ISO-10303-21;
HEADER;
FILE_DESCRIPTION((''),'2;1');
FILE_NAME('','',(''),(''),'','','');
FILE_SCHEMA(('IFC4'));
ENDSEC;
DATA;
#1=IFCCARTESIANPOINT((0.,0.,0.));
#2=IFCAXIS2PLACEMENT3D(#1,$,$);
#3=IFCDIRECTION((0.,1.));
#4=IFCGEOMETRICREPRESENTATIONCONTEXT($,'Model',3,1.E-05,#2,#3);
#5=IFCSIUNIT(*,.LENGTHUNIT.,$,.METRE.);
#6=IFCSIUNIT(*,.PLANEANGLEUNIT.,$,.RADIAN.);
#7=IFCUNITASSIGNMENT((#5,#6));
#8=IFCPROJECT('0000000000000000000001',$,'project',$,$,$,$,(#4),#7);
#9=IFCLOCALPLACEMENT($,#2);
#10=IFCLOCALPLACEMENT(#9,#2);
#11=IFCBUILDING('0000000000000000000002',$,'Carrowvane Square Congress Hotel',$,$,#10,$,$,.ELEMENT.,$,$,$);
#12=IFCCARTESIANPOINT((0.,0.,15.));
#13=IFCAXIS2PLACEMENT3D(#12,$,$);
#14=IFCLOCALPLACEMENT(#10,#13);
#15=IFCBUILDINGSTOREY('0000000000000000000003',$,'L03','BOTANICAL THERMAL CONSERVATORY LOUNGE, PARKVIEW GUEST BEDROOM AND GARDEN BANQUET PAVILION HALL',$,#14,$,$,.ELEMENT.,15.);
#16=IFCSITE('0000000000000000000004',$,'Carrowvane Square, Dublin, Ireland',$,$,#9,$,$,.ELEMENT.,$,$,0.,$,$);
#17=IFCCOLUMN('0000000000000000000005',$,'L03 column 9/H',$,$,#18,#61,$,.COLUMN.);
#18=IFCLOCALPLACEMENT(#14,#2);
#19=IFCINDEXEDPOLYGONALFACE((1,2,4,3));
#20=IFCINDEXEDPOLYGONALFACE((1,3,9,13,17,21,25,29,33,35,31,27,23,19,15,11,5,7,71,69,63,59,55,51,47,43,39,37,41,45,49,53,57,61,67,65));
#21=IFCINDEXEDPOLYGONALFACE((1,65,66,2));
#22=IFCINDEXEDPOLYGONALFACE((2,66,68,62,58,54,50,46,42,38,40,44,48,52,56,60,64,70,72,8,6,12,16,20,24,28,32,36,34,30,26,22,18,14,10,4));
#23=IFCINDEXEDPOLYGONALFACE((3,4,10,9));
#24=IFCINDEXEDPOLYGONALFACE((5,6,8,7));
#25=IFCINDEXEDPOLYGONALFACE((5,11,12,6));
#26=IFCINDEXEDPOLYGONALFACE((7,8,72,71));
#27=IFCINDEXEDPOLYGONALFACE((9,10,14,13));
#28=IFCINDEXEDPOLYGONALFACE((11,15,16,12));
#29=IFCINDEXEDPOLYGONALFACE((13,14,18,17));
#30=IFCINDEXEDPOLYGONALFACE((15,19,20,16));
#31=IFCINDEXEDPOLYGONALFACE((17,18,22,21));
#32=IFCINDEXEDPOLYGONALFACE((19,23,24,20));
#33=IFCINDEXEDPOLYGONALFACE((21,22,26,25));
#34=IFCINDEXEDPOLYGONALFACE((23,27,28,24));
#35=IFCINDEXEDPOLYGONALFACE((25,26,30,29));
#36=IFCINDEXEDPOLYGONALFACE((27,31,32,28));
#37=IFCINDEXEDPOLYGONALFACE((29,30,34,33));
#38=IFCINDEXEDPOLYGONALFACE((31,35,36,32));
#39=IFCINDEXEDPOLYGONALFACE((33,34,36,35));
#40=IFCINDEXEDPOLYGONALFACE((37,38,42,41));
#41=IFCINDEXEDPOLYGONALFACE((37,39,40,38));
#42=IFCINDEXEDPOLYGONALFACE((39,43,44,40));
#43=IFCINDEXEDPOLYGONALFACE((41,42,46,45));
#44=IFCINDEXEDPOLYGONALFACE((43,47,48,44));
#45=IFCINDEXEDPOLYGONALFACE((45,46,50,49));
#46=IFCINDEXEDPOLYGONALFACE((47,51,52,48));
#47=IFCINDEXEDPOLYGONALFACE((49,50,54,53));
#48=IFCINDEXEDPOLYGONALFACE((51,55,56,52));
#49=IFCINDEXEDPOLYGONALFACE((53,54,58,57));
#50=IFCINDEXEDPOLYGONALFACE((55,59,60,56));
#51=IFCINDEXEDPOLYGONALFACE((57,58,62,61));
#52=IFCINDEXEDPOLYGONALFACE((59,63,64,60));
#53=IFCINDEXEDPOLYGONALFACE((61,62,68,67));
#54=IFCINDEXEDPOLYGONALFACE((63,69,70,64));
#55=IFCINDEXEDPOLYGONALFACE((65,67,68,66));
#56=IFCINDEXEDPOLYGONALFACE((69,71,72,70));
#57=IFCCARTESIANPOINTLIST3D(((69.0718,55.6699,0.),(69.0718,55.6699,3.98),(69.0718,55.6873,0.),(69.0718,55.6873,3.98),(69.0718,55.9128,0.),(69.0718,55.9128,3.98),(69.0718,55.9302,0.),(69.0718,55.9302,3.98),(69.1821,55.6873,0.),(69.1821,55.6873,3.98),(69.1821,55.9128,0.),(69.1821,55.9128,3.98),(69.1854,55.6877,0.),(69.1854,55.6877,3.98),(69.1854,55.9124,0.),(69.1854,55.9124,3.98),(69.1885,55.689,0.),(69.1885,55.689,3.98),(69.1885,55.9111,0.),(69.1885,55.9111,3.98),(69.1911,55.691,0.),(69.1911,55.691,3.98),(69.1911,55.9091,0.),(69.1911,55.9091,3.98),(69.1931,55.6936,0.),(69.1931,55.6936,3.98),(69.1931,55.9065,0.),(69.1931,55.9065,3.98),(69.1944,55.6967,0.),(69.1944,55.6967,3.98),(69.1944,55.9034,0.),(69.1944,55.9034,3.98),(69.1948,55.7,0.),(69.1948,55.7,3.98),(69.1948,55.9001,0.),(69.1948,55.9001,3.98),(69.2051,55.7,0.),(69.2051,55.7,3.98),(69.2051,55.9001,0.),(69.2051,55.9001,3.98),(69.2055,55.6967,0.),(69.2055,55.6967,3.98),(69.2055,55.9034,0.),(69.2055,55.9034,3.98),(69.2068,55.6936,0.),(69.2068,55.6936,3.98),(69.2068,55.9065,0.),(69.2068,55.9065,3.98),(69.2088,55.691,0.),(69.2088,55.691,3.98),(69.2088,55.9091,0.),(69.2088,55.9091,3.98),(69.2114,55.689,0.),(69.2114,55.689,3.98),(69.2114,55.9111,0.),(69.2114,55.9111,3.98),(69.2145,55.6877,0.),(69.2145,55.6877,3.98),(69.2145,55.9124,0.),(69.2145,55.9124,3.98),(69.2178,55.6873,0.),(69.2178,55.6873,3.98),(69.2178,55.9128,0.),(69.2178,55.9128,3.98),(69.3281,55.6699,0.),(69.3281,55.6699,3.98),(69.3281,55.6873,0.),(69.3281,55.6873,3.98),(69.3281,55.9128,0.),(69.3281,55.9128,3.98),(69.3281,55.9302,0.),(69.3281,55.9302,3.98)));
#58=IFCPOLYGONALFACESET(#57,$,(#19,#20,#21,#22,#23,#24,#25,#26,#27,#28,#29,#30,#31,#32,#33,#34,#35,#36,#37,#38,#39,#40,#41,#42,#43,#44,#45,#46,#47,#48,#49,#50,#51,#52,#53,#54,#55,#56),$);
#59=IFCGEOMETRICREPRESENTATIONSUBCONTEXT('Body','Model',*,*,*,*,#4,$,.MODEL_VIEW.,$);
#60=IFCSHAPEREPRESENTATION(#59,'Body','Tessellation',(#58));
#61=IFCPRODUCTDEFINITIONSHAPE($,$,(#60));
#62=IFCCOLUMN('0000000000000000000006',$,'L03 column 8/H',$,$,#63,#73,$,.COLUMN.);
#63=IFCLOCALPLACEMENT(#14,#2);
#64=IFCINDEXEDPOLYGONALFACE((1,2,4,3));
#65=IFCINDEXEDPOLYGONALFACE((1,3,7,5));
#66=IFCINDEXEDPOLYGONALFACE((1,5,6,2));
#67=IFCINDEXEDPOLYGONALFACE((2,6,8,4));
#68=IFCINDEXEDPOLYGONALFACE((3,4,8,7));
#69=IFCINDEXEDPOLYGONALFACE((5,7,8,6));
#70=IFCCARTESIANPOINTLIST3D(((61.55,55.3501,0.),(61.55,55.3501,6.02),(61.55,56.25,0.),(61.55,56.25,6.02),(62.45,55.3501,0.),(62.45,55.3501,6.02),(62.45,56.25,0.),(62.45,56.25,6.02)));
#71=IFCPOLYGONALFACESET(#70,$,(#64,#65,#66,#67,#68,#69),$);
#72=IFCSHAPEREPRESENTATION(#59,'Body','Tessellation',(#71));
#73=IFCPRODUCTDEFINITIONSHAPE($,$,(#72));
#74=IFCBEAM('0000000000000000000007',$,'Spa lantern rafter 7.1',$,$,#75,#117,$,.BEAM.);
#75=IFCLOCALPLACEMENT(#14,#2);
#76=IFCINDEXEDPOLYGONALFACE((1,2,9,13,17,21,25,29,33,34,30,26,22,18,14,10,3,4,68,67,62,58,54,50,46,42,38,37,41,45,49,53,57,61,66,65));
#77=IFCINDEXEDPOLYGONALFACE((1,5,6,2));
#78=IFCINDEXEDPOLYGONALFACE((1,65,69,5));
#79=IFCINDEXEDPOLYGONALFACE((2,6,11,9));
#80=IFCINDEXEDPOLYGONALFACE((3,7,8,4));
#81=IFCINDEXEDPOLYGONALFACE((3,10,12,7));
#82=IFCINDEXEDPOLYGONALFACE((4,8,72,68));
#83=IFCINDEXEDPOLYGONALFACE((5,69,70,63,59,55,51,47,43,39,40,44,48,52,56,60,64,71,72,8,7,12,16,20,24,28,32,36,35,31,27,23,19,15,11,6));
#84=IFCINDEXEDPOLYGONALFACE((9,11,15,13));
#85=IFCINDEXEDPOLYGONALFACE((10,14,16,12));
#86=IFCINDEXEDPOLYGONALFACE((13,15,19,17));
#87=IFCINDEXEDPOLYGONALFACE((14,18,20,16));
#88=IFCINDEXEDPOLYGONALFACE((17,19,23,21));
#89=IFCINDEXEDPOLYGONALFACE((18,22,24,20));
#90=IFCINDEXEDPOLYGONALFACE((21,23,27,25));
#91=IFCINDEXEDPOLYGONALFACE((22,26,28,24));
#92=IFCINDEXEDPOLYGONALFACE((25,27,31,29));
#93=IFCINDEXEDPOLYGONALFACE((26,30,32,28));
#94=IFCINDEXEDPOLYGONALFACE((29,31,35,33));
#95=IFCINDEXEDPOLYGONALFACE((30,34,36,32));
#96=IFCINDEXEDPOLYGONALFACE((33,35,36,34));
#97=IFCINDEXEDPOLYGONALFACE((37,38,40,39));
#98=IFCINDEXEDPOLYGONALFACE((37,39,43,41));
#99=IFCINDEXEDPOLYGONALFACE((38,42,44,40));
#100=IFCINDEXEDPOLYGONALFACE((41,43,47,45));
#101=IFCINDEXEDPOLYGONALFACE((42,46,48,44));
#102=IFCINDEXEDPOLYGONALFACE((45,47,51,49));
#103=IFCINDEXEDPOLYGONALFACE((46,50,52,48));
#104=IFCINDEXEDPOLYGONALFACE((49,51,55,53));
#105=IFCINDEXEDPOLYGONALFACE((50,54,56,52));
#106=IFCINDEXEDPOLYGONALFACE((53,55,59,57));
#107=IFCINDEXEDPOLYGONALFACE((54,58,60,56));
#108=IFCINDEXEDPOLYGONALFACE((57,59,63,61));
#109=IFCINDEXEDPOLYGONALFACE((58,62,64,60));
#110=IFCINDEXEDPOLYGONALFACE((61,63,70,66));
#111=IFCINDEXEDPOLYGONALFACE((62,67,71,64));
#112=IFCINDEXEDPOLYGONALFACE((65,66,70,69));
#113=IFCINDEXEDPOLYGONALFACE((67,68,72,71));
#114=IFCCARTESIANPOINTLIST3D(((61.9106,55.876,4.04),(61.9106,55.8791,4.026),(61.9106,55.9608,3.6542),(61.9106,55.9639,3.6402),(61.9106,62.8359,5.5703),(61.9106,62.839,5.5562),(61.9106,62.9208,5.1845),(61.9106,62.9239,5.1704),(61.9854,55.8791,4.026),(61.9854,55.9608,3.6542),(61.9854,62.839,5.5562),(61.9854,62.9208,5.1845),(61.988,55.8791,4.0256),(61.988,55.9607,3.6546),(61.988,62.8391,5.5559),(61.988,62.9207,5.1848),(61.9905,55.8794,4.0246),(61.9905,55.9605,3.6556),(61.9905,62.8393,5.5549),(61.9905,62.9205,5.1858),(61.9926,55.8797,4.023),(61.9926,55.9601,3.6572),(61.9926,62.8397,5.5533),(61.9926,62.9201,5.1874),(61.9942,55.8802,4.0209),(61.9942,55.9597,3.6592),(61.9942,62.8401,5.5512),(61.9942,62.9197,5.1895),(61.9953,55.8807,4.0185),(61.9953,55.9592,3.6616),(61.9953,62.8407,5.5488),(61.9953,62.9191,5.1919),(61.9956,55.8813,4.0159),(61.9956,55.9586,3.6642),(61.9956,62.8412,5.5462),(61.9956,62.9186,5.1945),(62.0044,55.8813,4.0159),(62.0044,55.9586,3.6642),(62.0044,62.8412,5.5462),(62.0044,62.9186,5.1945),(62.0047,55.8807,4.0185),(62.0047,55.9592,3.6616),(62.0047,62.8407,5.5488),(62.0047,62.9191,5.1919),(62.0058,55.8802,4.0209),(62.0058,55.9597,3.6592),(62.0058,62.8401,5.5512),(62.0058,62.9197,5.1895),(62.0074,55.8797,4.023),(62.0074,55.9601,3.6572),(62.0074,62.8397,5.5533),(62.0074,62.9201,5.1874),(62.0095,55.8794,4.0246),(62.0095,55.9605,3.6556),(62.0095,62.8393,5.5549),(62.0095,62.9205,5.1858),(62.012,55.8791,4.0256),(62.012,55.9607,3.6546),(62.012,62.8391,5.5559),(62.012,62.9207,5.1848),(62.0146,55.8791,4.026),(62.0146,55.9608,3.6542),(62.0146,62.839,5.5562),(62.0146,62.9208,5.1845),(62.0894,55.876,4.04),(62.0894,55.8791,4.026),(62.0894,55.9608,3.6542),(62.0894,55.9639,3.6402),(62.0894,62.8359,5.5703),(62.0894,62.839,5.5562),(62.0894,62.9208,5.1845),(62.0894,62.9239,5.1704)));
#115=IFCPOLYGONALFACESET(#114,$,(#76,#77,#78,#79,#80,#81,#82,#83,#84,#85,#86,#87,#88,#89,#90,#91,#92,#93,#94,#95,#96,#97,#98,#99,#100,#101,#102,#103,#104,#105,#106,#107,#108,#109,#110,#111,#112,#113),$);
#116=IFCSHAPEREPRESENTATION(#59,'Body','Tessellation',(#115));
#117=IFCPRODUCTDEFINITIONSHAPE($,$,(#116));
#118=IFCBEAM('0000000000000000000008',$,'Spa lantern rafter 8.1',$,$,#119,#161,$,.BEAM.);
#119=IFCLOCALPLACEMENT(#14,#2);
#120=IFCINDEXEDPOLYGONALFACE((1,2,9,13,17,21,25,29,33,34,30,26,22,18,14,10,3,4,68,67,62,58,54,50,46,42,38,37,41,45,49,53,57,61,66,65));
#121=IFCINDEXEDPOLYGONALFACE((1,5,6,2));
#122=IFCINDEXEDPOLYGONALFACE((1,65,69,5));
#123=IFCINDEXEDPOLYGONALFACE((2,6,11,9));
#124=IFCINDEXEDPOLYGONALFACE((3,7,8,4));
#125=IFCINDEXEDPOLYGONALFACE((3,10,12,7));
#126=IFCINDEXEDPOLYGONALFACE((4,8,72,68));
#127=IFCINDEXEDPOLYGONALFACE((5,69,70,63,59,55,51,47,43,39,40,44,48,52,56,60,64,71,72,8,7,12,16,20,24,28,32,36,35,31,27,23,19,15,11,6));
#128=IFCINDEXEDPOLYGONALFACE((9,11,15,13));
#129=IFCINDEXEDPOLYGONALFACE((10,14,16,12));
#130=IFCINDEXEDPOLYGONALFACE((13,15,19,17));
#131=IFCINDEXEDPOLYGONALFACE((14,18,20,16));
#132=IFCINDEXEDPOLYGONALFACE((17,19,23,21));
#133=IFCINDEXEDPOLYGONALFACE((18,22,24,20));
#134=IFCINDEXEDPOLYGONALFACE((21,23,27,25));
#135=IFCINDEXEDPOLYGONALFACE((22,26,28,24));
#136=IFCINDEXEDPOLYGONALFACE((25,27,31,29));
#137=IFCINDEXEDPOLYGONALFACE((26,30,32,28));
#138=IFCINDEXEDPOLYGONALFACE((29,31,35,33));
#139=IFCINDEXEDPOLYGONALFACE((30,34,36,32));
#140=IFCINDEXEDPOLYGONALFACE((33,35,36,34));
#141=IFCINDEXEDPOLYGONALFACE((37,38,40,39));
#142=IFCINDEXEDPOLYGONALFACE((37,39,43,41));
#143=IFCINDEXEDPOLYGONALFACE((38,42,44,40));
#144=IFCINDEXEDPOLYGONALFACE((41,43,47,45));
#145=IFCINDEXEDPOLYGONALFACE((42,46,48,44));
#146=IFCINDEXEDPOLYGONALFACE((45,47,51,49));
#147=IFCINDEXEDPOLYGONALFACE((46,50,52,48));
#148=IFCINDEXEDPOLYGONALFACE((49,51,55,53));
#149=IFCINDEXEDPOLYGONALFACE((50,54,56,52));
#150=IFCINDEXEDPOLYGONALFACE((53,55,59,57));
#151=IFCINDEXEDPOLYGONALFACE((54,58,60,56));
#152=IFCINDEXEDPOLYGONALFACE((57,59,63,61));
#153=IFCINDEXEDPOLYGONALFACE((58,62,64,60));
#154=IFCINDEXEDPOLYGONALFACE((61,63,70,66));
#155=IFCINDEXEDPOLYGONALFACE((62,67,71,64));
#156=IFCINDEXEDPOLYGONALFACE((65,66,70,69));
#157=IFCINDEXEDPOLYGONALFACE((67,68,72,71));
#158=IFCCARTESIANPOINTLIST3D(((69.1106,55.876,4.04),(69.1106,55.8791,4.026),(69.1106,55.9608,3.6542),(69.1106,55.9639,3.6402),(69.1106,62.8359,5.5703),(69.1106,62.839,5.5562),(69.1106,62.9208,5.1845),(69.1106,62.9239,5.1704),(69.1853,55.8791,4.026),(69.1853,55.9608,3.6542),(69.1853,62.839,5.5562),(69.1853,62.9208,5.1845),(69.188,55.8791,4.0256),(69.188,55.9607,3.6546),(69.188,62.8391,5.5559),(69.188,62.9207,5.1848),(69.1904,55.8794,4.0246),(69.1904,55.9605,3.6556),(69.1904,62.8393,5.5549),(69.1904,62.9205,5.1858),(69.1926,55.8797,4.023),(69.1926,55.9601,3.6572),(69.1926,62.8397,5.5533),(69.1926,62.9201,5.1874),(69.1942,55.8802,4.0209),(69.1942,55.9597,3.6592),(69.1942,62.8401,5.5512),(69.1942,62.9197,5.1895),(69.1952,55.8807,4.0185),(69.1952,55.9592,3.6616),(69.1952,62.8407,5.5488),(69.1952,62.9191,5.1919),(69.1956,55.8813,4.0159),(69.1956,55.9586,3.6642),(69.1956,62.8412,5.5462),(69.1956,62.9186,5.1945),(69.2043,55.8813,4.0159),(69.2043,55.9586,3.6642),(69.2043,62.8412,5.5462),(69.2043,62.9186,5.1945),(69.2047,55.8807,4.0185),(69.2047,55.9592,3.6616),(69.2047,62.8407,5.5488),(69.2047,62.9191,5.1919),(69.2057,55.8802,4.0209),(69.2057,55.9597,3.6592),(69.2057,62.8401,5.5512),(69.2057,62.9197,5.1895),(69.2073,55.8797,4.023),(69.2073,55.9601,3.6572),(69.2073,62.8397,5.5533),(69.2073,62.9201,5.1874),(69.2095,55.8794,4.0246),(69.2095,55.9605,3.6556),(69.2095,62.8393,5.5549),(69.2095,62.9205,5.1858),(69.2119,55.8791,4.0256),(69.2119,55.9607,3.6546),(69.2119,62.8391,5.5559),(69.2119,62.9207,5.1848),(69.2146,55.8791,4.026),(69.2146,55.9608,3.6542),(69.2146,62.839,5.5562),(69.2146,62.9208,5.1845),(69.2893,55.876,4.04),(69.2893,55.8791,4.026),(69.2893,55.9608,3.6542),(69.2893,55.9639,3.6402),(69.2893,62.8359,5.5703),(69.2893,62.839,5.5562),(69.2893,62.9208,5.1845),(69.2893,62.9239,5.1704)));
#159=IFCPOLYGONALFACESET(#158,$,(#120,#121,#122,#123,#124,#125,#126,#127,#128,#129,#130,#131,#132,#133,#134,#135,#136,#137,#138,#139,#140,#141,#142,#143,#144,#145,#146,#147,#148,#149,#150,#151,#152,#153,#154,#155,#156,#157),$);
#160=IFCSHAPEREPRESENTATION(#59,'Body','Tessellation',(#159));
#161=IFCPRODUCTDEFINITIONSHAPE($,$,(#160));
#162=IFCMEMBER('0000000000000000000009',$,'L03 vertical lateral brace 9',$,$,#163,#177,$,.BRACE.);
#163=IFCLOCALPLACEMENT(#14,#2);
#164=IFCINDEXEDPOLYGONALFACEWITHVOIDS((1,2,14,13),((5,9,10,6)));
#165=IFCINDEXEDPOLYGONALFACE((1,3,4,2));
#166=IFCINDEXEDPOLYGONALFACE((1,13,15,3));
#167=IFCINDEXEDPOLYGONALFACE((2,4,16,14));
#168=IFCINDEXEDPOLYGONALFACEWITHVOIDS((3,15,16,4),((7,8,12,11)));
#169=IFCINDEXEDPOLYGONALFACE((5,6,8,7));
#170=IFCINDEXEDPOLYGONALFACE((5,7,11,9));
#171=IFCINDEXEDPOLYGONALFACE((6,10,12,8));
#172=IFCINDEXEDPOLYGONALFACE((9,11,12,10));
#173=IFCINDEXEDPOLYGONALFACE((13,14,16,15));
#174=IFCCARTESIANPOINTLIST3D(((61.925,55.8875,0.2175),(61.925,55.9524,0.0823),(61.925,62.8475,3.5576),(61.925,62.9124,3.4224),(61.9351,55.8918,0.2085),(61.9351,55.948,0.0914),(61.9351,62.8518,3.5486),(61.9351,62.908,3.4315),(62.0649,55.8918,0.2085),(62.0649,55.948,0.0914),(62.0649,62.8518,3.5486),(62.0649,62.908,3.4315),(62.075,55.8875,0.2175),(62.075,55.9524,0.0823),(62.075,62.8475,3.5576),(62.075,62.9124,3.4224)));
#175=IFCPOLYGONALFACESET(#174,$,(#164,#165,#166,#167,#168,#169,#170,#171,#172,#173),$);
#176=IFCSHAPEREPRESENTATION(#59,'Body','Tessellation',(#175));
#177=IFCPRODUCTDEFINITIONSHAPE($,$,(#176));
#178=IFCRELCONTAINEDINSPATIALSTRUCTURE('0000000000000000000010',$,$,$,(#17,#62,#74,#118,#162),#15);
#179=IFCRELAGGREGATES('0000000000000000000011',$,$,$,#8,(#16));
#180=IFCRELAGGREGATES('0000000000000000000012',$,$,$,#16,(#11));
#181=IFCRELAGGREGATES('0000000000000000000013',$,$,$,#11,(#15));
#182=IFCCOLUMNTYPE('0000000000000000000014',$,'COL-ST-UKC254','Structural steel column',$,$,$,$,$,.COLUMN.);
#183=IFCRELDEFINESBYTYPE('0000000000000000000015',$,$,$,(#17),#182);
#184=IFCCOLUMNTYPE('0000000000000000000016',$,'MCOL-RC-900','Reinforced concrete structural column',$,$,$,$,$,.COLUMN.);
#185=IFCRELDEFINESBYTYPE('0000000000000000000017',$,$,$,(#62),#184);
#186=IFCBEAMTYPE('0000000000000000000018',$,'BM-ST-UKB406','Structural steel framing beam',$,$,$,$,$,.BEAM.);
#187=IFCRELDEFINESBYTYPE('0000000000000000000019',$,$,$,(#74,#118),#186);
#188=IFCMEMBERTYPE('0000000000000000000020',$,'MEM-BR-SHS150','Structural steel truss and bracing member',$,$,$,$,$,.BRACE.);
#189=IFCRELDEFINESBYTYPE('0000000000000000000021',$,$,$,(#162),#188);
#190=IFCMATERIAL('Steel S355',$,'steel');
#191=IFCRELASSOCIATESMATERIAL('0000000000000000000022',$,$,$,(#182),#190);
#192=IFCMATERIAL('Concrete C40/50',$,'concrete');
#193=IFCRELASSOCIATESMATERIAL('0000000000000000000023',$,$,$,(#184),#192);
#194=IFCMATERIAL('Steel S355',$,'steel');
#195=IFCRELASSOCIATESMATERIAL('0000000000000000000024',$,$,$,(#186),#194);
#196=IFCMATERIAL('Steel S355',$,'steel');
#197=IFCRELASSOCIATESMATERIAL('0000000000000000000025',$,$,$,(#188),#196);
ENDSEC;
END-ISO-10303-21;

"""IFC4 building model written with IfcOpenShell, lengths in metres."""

from ifc_helpers import new_model, si_unit, direction, frame, origin, origin_2d, place, context, subcontext, project, spatial, rectangle, hollow_rectangle, i_section, extrude, material, material_profile, profile_set, type_object, element, save


model = new_model("IFC4")

# Units and contexts
model_context = context("Model", 3, precision=1e-05, world=origin(), true_north=direction((0.0, 1.0)))
body_context = subcontext(model_context, "Body", "Model", "MODEL_VIEW")
ifc_project = project(units=[si_unit("LENGTHUNIT", "METRE"), si_unit("PLANEANGLEUNIT", "RADIAN")], contexts=[model_context])

# Site, building, storey
site_placement = place(None, origin())
site = spatial("IfcSite", under=ifc_project, at=site_placement, Name="Carrowvane Square, Dublin, Ireland", CompositionType="ELEMENT", RefElevation=0.0)
building_placement = place(site_placement, origin())
building = spatial("IfcBuilding", under=site, at=building_placement, Name="Carrowvane Square Congress Hotel", CompositionType="ELEMENT")
storey_placement = place(building_placement, frame((0.0, 0.0, 15.0)))
storey = spatial("IfcBuildingStorey", under=building, at=storey_placement, Name="L03", Description="BOTANICAL THERMAL CONSERVATORY LOUNGE, PARKVIEW GUEST BEDROOM AND GARDEN BANQUET PAVILION HALL", CompositionType="ELEMENT", Elevation=15.0)

# Columns
ifc_material_1 = material(Name="Steel S355", Category="steel")
ifc_material_profile_1 = material_profile(ifc_material_1, i_section(OverallWidth=0.2563, OverallDepth=0.2603, WebThickness=0.0103, FlangeThickness=0.0173, FilletRadius=0.0127, at=origin_2d()), Name="UKC 254x254x89")
ifc_profile_set_1 = profile_set([ifc_material_profile_1], Name="Steel S355")
column_type_1 = type_object("IfcColumnType", Name="COL-ST-UKC254", Description="Structural steel column", PredefinedType="COLUMN", material=ifc_profile_set_1)
column_1_placement = place(storey_placement, frame((69.2, 55.8, 0.0), z_axis=(0.0, 0.0, 1.0), x_axis=(1.0, 0.0, 0.0)))
element("IfcColumn", 1, at=column_1_placement, inside=storey, type_object=column_type_1, Name="L03 column 9/H", PredefinedType="COLUMN", context=body_context, shape_type="SweptSolid", body=[
    extrude(i_section(OverallWidth=0.2563, OverallDepth=0.2603, WebThickness=0.0103, FlangeThickness=0.0173, FilletRadius=0.0127, at=origin_2d()), origin(), (0.0, 0.0, 1.0), 3.98),
])
ifc_material_2 = material(Name="Concrete C40/50", Category="concrete")
ifc_material_profile_2 = material_profile(ifc_material_2, rectangle(XDim=0.8999, YDim=0.8999, at=origin_2d()), Name="RC 900x900")
ifc_profile_set_2 = profile_set([ifc_material_profile_2], Name="Concrete C40/50")
column_type_2 = type_object("IfcColumnType", Name="MCOL-RC-900", Description="Reinforced concrete structural column", PredefinedType="COLUMN", material=ifc_profile_set_2)
column_2_placement = place(storey_placement, frame((62.0, 55.8, 0.0), z_axis=(0.0, 0.0, 1.0), x_axis=(1.0, 0.0, 0.0)))
element("IfcColumn", 2, at=column_2_placement, inside=storey, type_object=column_type_2, Name="L03 column 8/H", PredefinedType="COLUMN", context=body_context, shape_type="SweptSolid", body=[
    extrude(rectangle(XDim=0.8999, YDim=0.8999, at=origin_2d()), origin(), (0.0, 0.0, 1.0), 6.02),
])

# Beams
ifc_material_3 = material(Name="Steel S355", Category="steel")
ifc_material_profile_3 = material_profile(ifc_material_3, i_section(OverallWidth=0.1787, OverallDepth=0.4094, WebThickness=0.0088, FlangeThickness=0.0144, FilletRadius=0.0103, at=origin_2d()), Name="UKB 406x178x67")
ifc_profile_set_3 = profile_set([ifc_material_profile_3], Name="Steel S355")
beam_type_1 = type_object("IfcBeamType", Name="BM-ST-UKB406", Description="Structural steel framing beam", PredefinedType="BEAM", material=ifc_profile_set_3)
for number, where, z_axis, x_axis, name in (
    (3, (62.0, 55.9199, 3.8401), (0.0, 0.976671, 0.214739), (-1.0, 0.0, 0.0), "Spa lantern rafter 7.1"),
    (4, (69.2, 55.9199, 3.8401), (0.0, 0.976671, 0.214739), (-1.0, 0.0, 0.0), "Spa lantern rafter 8.1"),
):
    element("IfcBeam", number, at=place(storey_placement, frame(where, z_axis=z_axis, x_axis=x_axis)), inside=storey, type_object=beam_type_1, Name=name, PredefinedType="BEAM", context=body_context, shape_type="SweptSolid", body=[
        extrude(i_section(OverallWidth=0.1787, OverallDepth=0.4094, WebThickness=0.0088, FlangeThickness=0.0144, FilletRadius=0.0103, at=origin_2d()), origin(), (0.0, 0.0, 1.0), 7.1262),
    ])

# Member
ifc_material_4 = material(Name="Steel S355", Category="steel")
ifc_material_profile_4 = material_profile(ifc_material_4, hollow_rectangle(XDim=0.1499, YDim=0.1499, WallThickness=0.01, at=origin_2d()), Name="SHS 150x150x10")
ifc_profile_set_4 = profile_set([ifc_material_profile_4], Name="Steel S355")
member_type_1 = type_object("IfcMemberType", Name="MEM-BR-SHS150", Description="Structural steel truss and bracing member", PredefinedType="BRACE", material=ifc_profile_set_4)
member_1_placement = place(storey_placement, frame((62.0, 55.9199, 0.1499), z_axis=(0.0, 0.901558, 0.432658), x_axis=(-1.0, 0.0, 0.0)))
element("IfcMember", 5, at=member_1_placement, inside=storey, type_object=member_type_1, Name="L03 vertical lateral brace 9", PredefinedType="BRACE", context=body_context, shape_type="SweptSolid", body=[
    extrude(hollow_rectangle(XDim=0.1499, YDim=0.1499, WallThickness=0.01, at=origin_2d()), origin(), (0.0, 0.0, 1.0), 7.72),
])

save(model, "model.ifc")
